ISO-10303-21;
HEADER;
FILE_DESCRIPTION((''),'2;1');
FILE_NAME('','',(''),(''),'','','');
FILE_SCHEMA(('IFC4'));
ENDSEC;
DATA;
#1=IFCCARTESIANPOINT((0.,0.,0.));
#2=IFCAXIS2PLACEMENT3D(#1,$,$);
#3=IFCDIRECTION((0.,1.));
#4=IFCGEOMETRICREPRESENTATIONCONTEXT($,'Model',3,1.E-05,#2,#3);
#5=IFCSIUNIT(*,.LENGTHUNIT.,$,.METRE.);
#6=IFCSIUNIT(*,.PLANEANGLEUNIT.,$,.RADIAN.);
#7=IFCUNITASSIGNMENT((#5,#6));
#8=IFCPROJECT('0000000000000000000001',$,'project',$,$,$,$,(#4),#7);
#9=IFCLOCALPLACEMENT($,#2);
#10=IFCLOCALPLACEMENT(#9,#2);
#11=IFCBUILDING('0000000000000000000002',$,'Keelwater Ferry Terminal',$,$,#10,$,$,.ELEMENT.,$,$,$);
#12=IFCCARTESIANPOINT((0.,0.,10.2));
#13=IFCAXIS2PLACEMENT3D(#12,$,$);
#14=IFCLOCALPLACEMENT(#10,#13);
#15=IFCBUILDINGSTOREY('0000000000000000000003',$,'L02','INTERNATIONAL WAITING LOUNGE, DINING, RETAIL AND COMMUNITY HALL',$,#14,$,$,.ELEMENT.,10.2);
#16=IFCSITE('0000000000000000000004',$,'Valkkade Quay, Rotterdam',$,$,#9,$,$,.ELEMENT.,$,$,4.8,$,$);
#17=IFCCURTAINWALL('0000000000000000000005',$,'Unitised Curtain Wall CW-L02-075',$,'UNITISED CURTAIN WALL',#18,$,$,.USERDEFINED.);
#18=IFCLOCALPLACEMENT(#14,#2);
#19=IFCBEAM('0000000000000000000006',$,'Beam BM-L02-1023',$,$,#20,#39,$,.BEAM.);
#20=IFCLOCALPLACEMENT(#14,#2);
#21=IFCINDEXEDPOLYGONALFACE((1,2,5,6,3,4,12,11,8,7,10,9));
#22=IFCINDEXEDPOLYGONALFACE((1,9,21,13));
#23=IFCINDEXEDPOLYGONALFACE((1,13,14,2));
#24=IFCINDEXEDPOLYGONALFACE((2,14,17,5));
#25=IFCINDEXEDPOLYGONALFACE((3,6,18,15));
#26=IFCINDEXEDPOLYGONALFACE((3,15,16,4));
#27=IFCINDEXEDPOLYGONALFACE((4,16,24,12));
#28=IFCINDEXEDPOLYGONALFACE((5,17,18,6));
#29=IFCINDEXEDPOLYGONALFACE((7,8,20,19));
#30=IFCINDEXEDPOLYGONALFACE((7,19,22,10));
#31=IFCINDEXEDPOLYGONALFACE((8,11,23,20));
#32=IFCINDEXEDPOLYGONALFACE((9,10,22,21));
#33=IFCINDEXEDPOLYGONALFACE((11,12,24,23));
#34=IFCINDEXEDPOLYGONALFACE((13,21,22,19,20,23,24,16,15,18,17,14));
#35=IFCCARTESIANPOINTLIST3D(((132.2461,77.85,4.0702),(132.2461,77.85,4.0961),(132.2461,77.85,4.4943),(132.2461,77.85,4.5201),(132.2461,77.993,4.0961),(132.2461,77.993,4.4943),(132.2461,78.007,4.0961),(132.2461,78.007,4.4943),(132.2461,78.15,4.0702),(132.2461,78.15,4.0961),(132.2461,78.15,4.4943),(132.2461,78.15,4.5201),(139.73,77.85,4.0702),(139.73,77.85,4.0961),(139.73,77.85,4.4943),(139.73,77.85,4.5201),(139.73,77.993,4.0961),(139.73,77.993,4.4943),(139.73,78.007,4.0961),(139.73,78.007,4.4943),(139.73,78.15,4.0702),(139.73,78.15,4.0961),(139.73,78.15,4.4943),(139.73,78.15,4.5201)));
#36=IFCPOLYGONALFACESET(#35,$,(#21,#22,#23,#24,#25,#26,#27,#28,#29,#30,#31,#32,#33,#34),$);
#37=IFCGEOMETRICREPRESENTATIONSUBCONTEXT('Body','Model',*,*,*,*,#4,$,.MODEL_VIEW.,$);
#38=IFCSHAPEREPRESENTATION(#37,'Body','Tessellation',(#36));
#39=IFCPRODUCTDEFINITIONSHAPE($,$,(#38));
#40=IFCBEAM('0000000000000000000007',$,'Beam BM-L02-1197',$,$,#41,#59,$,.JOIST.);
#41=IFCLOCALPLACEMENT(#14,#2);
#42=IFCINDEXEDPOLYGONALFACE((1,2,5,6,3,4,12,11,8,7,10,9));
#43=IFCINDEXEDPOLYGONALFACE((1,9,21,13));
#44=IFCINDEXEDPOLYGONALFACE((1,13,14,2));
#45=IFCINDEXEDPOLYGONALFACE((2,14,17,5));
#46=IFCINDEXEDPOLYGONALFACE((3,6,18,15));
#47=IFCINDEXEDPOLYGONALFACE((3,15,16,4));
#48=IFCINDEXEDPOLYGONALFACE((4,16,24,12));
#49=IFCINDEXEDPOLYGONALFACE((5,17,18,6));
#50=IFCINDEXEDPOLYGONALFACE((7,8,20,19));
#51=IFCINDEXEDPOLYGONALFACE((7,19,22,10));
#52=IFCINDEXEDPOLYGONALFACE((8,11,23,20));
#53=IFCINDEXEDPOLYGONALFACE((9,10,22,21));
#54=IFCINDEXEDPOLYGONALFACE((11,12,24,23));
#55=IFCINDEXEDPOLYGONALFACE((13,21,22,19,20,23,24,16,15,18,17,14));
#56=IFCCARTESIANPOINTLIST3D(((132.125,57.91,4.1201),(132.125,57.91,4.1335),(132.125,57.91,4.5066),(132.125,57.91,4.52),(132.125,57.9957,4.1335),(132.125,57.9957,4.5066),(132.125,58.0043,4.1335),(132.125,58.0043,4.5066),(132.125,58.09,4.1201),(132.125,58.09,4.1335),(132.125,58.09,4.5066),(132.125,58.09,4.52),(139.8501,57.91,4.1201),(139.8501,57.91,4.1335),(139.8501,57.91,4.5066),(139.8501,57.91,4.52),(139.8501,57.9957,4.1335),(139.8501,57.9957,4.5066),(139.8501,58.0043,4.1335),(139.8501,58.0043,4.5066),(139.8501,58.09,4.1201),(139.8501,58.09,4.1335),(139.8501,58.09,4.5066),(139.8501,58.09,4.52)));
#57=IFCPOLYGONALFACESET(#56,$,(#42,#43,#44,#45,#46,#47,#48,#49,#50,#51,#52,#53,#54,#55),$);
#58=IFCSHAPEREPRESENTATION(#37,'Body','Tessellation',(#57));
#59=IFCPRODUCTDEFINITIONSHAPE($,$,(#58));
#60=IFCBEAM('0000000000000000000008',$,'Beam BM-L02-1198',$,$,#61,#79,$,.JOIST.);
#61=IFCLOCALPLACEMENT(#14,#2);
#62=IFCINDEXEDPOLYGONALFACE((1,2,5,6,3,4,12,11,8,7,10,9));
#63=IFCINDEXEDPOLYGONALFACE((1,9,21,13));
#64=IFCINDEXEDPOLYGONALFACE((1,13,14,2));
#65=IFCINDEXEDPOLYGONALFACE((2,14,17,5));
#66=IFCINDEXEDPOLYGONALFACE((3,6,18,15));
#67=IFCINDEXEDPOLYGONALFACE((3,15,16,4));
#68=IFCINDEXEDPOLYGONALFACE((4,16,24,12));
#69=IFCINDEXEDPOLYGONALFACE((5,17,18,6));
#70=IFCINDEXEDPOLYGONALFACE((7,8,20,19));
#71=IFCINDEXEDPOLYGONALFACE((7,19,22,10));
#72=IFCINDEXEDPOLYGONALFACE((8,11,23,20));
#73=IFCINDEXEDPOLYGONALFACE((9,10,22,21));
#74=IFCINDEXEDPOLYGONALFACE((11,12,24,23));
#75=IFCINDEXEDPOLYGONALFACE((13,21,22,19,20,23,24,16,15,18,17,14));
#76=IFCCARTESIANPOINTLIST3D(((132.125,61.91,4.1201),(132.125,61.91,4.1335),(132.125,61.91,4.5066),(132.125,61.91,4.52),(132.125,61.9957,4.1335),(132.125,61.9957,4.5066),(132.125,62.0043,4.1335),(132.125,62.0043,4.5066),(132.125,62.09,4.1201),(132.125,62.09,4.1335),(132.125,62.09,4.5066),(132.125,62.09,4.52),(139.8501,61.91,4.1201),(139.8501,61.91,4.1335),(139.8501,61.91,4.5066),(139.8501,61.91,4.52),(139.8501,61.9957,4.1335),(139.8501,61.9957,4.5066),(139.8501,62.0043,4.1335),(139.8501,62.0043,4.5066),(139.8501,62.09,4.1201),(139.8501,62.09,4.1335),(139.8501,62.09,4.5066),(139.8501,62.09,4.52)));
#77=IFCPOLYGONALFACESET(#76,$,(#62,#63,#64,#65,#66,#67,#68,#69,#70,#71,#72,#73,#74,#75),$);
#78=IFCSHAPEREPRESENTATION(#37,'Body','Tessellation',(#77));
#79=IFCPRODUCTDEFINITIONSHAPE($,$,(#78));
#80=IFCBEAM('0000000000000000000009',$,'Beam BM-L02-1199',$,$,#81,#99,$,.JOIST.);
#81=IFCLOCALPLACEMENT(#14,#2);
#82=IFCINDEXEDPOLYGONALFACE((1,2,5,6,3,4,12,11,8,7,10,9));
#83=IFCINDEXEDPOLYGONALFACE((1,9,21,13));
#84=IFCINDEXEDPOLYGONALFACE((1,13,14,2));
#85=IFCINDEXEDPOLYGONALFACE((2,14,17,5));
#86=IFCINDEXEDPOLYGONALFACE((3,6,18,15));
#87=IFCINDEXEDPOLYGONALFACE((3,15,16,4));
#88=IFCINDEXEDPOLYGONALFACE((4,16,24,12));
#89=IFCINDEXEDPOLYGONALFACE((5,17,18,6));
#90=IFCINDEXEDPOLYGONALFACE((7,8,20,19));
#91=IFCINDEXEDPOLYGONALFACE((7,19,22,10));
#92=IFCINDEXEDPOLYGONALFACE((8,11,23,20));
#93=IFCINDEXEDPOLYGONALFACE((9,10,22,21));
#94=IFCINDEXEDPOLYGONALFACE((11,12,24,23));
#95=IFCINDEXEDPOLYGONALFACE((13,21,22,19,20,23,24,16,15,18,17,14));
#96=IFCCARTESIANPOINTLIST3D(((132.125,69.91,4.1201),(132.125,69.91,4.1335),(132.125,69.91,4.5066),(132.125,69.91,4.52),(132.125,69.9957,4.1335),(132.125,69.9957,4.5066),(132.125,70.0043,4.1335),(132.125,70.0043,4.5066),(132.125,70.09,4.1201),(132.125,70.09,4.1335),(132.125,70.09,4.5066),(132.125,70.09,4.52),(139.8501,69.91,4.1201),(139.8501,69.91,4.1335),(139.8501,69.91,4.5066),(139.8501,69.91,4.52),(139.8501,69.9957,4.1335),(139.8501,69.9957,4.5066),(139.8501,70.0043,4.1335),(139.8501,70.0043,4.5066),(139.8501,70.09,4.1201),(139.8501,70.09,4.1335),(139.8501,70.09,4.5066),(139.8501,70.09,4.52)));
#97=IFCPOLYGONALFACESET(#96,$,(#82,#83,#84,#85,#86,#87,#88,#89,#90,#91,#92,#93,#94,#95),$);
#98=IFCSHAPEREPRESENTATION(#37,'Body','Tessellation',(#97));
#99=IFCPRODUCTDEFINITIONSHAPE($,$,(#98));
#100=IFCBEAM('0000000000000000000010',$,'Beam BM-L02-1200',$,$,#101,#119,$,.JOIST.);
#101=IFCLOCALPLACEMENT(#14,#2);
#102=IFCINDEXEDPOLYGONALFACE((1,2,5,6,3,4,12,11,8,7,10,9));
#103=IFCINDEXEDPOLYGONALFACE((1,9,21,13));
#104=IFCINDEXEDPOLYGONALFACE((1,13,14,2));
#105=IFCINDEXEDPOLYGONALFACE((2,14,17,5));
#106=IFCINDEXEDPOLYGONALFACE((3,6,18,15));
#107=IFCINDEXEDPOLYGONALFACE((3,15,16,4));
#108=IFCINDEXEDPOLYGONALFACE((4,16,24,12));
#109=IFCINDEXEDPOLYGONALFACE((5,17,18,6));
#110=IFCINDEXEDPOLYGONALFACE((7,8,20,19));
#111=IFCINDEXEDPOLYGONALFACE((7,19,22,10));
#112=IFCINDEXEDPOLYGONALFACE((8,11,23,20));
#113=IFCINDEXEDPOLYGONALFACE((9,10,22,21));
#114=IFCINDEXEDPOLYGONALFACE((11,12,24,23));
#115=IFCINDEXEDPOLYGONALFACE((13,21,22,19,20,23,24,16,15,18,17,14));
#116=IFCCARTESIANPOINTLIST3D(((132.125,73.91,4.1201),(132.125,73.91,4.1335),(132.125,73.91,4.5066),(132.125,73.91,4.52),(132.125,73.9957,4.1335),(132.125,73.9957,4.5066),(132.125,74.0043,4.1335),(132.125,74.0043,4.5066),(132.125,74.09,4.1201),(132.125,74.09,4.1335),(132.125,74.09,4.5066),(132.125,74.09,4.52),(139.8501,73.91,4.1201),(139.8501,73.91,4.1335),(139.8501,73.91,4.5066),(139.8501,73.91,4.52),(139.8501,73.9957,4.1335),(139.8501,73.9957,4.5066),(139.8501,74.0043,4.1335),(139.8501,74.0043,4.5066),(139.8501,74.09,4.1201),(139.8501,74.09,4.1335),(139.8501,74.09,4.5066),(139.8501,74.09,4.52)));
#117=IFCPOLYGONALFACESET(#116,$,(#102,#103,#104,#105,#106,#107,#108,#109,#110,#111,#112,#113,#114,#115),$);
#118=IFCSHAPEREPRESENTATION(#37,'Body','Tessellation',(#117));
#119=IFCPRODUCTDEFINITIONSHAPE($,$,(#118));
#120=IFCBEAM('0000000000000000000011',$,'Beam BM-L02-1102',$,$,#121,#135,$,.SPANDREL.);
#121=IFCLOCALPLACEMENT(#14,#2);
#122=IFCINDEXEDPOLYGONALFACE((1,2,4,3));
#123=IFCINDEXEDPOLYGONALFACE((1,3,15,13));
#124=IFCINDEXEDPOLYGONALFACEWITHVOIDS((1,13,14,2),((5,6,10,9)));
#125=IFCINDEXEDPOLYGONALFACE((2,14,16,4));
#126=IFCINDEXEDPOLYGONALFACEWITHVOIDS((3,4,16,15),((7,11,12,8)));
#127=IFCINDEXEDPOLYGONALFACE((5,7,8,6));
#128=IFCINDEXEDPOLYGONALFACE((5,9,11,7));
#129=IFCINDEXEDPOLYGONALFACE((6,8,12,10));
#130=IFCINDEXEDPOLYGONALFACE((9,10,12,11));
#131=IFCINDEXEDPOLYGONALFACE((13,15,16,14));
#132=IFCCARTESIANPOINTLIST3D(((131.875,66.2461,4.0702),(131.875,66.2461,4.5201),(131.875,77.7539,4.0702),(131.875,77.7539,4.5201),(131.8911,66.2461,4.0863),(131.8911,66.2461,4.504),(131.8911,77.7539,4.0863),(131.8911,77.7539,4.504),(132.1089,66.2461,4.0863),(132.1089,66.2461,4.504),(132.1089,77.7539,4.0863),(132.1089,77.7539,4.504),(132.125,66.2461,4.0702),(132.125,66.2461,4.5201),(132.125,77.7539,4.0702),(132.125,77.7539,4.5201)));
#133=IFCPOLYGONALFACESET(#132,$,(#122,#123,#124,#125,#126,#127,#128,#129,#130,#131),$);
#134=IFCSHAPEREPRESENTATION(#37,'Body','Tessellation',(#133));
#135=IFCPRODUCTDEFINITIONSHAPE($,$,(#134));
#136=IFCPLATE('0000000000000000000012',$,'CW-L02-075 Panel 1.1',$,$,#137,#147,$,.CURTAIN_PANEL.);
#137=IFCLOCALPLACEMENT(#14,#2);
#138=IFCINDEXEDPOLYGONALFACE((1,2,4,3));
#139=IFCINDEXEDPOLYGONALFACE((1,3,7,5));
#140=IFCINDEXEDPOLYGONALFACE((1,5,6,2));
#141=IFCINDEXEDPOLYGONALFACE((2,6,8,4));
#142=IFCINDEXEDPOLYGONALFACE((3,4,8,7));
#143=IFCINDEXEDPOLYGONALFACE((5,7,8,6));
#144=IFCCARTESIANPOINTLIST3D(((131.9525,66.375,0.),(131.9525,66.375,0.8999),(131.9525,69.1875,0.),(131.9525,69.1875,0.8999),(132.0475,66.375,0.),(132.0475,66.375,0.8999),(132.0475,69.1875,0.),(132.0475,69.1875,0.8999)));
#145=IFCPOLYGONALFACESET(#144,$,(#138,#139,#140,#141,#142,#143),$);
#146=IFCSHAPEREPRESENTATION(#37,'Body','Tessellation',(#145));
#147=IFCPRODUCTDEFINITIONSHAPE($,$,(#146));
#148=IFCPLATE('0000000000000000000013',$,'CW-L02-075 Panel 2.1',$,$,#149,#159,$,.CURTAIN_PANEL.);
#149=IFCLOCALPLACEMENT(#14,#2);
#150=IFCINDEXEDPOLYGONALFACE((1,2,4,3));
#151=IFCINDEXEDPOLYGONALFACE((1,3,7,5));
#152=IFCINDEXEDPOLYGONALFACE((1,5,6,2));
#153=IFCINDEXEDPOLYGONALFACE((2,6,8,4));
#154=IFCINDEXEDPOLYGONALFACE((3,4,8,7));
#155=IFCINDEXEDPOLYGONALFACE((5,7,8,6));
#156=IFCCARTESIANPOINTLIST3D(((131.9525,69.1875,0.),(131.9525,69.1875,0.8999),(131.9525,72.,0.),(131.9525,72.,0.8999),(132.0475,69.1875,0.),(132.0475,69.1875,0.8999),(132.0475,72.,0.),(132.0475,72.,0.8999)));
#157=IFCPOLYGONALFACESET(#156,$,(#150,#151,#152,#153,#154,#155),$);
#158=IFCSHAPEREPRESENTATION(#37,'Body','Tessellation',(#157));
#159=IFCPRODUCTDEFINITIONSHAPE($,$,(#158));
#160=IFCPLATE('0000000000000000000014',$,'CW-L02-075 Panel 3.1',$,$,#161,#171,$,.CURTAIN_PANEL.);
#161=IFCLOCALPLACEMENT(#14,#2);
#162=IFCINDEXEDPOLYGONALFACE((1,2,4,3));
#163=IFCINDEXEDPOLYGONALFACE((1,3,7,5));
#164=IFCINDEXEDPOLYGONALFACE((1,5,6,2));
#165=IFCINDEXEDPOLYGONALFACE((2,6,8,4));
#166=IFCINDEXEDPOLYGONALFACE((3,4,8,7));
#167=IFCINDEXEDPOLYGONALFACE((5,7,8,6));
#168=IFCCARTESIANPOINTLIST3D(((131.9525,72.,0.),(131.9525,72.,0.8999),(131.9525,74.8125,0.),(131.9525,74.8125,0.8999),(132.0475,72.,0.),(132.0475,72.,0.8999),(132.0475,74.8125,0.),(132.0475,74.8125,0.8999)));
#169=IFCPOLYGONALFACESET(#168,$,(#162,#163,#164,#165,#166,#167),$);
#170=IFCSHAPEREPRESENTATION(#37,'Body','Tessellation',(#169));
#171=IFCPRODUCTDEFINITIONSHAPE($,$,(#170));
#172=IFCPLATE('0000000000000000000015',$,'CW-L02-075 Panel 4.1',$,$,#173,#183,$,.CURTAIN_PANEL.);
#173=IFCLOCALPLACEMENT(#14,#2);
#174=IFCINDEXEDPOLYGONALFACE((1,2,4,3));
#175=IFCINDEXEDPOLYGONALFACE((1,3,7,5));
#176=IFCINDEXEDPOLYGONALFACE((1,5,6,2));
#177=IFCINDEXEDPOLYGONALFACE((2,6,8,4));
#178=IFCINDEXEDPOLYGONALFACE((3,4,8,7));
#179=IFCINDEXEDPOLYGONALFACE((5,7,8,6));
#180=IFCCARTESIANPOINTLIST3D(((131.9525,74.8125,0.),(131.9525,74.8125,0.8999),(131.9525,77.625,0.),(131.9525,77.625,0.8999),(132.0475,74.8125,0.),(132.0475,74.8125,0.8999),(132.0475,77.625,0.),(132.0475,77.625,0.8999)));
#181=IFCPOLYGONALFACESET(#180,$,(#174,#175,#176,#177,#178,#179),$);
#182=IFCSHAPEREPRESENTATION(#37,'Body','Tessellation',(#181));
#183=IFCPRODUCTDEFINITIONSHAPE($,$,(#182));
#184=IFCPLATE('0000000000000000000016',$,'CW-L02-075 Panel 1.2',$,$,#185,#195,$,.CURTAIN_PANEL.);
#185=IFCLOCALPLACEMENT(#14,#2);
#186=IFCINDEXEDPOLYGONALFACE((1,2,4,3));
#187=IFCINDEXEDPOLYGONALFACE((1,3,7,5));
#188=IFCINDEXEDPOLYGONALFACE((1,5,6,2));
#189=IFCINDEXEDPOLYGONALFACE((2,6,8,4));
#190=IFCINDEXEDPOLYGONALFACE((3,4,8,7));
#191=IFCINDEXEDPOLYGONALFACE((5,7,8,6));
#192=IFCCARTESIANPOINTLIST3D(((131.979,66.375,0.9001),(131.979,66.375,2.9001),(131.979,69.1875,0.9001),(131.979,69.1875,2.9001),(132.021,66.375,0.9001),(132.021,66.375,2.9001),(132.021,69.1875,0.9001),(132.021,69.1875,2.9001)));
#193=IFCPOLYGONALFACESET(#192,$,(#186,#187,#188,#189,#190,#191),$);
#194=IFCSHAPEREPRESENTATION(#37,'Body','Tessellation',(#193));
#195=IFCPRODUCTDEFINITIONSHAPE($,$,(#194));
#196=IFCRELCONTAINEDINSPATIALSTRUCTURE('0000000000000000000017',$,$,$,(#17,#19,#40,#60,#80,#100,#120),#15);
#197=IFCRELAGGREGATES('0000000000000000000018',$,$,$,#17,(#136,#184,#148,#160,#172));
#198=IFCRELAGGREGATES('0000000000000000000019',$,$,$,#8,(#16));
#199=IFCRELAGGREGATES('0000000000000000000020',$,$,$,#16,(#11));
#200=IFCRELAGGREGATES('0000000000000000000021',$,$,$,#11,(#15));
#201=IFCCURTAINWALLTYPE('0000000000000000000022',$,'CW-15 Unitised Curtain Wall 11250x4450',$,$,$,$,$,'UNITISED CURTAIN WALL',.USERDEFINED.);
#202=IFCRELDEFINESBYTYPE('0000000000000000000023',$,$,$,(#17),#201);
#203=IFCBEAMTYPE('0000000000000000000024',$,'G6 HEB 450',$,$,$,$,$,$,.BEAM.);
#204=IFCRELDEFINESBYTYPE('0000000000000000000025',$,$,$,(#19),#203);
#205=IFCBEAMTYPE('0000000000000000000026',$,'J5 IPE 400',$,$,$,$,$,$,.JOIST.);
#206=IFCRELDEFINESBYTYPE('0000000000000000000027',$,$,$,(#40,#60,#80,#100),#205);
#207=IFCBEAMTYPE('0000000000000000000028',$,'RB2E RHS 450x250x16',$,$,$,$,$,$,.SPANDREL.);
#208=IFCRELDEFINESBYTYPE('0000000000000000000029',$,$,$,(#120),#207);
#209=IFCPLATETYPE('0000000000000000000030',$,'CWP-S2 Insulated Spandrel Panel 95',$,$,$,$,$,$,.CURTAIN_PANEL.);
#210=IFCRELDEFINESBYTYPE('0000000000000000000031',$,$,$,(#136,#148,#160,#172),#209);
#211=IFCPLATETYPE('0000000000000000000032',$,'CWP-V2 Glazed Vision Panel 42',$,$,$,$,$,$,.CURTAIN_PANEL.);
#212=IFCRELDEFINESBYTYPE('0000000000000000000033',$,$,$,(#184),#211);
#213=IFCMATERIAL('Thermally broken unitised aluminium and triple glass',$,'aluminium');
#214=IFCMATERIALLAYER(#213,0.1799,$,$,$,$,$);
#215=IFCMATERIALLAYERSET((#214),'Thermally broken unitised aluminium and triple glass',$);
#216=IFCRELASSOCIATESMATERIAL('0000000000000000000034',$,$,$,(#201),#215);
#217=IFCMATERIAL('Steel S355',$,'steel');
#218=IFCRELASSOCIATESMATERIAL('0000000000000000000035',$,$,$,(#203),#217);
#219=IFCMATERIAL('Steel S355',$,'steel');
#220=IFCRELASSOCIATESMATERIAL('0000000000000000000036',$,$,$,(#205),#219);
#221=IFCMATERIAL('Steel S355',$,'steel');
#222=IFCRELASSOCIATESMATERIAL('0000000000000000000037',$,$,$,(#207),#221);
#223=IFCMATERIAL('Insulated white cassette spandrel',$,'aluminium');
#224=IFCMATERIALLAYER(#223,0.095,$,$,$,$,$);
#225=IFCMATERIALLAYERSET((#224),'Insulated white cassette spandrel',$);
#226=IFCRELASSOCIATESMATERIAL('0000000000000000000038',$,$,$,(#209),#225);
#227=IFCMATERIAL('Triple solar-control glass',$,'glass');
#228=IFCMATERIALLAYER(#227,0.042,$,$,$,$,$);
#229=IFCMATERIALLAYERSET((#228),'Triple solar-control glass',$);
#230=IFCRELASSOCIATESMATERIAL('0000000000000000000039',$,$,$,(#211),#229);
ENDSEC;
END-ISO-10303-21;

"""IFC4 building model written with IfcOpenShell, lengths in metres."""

from ifc_helpers import new_model, si_unit, direction, frame, origin, origin_2d, place, context, subcontext, project, spatial, rectangle, hollow_rectangle, i_section, extrude, material, layer, layer_set, material_profile, profile_set, type_object, element, aggregate, save


model = new_model("IFC4")

# Units and contexts
model_context = context("Model", 3, precision=1e-05, world=origin(), true_north=direction((0.0, 1.0)))
body_context = subcontext(model_context, "Body", "Model", "MODEL_VIEW")
ifc_project = project(units=[si_unit("LENGTHUNIT", "METRE"), si_unit("PLANEANGLEUNIT", "RADIAN")], contexts=[model_context])

# Site, building, storey
site_placement = place(None, origin())
site = spatial("IfcSite", under=ifc_project, at=site_placement, Name="Valkkade Quay, Rotterdam", CompositionType="ELEMENT", RefElevation=4.8)
building_placement = place(site_placement, origin())
building = spatial("IfcBuilding", under=site, at=building_placement, Name="Keelwater Ferry Terminal", CompositionType="ELEMENT")
storey_placement = place(building_placement, frame((0.0, 0.0, 10.2)))
storey = spatial("IfcBuildingStorey", under=building, at=storey_placement, Name="L02", Description="INTERNATIONAL WAITING LOUNGE, DINING, RETAIL AND COMMUNITY HALL", CompositionType="ELEMENT", Elevation=10.2)

# Curtain wall
ifc_material_1 = material(Name="Thermally broken unitised aluminium and triple glass", Category="aluminium")
ifc_layer_1 = layer(ifc_material_1, 0.1799)
ifc_layer_set_1 = layer_set([ifc_layer_1], Name="Thermally broken unitised aluminium and triple glass")
curtain_wall_type = type_object("IfcCurtainWallType", Name="CW-15 Unitised Curtain Wall 11250x4450", ElementType="UNITISED CURTAIN WALL", PredefinedType="USERDEFINED", material=ifc_layer_set_1)
curtain_wall_placement = place(storey_placement, origin())
curtain_wall = element("IfcCurtainWall", 1, at=curtain_wall_placement, inside=storey, type_object=curtain_wall_type, Name="Unitised Curtain Wall CW-L02-075", ObjectType="UNITISED CURTAIN WALL", PredefinedType="USERDEFINED")

# Beams
ifc_material_2 = material(Name="Steel S355", Category="steel")
ifc_material_profile_1 = material_profile(ifc_material_2, i_section(OverallWidth=0.3, OverallDepth=0.45, WebThickness=0.0139, FlangeThickness=0.0259, at=origin_2d()), Name="HEB 450")
ifc_profile_set_1 = profile_set([ifc_material_profile_1], Name="Steel S355")
beam_type_1 = type_object("IfcBeamType", Name="G6 HEB 450", PredefinedType="BEAM", material=ifc_profile_set_1)
for number, where, z_axis, x_axis, name in (
    (2, (132.2461, 78.0, 4.2952), (1.0, 0.0, 0.0), (0.0, 1.0, 0.0), "Beam BM-L02-1023"),
):
    element("IfcBeam", number, at=place(storey_placement, frame(where, z_axis=z_axis, x_axis=x_axis)), inside=storey, type_object=beam_type_1, Name=name, PredefinedType="BEAM", context=body_context, shape_type="SweptSolid", body=[
        extrude(i_section(OverallWidth=0.3, OverallDepth=0.45, WebThickness=0.0139, FlangeThickness=0.0259, at=origin_2d()), origin(), (0.0, 0.0, 1.0), 7.4839),
    ])
ifc_material_3 = material(Name="Steel S355", Category="steel")
ifc_material_profile_2 = material_profile(ifc_material_3, i_section(OverallWidth=0.1799, OverallDepth=0.3999, WebThickness=0.0085, FlangeThickness=0.0134, at=origin_2d()), Name="IPE 400")
ifc_profile_set_2 = profile_set([ifc_material_profile_2], Name="Steel S355")
beam_type_2 = type_object("IfcBeamType", Name="J5 IPE 400", PredefinedType="JOIST", material=ifc_profile_set_2)
for number, where, z_axis, x_axis, name in (
    (3, (132.125, 58.0, 4.3201), (1.0, 0.0, 0.0), (0.0, 1.0, 0.0), "Beam BM-L02-1197"),
    (4, (132.125, 62.0, 4.3201), (1.0, 0.0, 0.0), (0.0, 1.0, 0.0), "Beam BM-L02-1198"),
    (5, (132.125, 70.0, 4.3201), (1.0, 0.0, 0.0), (0.0, 1.0, 0.0), "Beam BM-L02-1199"),
    (6, (132.125, 74.0, 4.3201), (1.0, 0.0, 0.0), (0.0, 1.0, 0.0), "Beam BM-L02-1200"),
):
    element("IfcBeam", number, at=place(storey_placement, frame(where, z_axis=z_axis, x_axis=x_axis)), inside=storey, type_object=beam_type_2, Name=name, PredefinedType="JOIST", context=body_context, shape_type="SweptSolid", body=[
        extrude(i_section(OverallWidth=0.1799, OverallDepth=0.3999, WebThickness=0.0085, FlangeThickness=0.0134, at=origin_2d()), origin(), (0.0, 0.0, 1.0), 7.7251),
    ])
ifc_material_4 = material(Name="Steel S355", Category="steel")
ifc_material_profile_3 = material_profile(ifc_material_4, hollow_rectangle(XDim=0.25, YDim=0.45, WallThickness=0.0161, at=origin_2d()), Name="RHS 450x250x16")
ifc_profile_set_3 = profile_set([ifc_material_profile_3], Name="Steel S355")
beam_type_3 = type_object("IfcBeamType", Name="RB2E RHS 450x250x16", PredefinedType="SPANDREL", material=ifc_profile_set_3)
beam_placement = place(storey_placement, frame((132.0, 66.2461, 4.2952), z_axis=(0.0, 1.0, 0.0), x_axis=(-1.0, 0.0, 0.0)))
element("IfcBeam", 7, at=beam_placement, inside=storey, type_object=beam_type_3, Name="Beam BM-L02-1102", PredefinedType="SPANDREL", context=body_context, shape_type="SweptSolid", body=[
    extrude(hollow_rectangle(XDim=0.25, YDim=0.45, WallThickness=0.0161, at=origin_2d()), origin(), (0.0, 0.0, 1.0), 11.5078),
])

# Plates
ifc_material_5 = material(Name="Insulated white cassette spandrel", Category="aluminium")
ifc_layer_2 = layer(ifc_material_5, 0.095)
ifc_layer_set_2 = layer_set([ifc_layer_2], Name="Insulated white cassette spandrel")
plate_type_1 = type_object("IfcPlateType", Name="CWP-S2 Insulated Spandrel Panel 95", PredefinedType="CURTAIN_PANEL", material=ifc_layer_set_2)
plate_1_placement = place(storey_placement, frame((132.0, 67.7812, 0.0), z_axis=(0.0, 0.0, 1.0), x_axis=(0.0, 1.0, 0.0)))
plate_1 = element("IfcPlate", 8, at=plate_1_placement, type_object=plate_type_1, Name="CW-L02-075 Panel 1.1", PredefinedType="CURTAIN_PANEL", context=body_context, shape_type="SweptSolid", body=[
    extrude(rectangle(XDim=2.8125, YDim=0.095, at=origin_2d()), origin(), (0.0, 0.0, 1.0), 0.8999),
])
plate_2_placement = place(storey_placement, frame((132.0, 70.5938, 0.0), z_axis=(0.0, 0.0, 1.0), x_axis=(0.0, 1.0, 0.0)))
plate_2 = element("IfcPlate", 9, at=plate_2_placement, type_object=plate_type_1, Name="CW-L02-075 Panel 2.1", PredefinedType="CURTAIN_PANEL", context=body_context, shape_type="SweptSolid", body=[
    extrude(rectangle(XDim=2.8125, YDim=0.095, at=origin_2d()), origin(), (0.0, 0.0, 1.0), 0.8999),
])
plate_3_placement = place(storey_placement, frame((132.0, 73.4062, 0.0), z_axis=(0.0, 0.0, 1.0), x_axis=(0.0, 1.0, 0.0)))
plate_3 = element("IfcPlate", 10, at=plate_3_placement, type_object=plate_type_1, Name="CW-L02-075 Panel 3.1", PredefinedType="CURTAIN_PANEL", context=body_context, shape_type="SweptSolid", body=[
    extrude(rectangle(XDim=2.8125, YDim=0.095, at=origin_2d()), origin(), (0.0, 0.0, 1.0), 0.8999),
])
plate_4_placement = place(storey_placement, frame((132.0, 76.2188, 0.0), z_axis=(0.0, 0.0, 1.0), x_axis=(0.0, 1.0, 0.0)))
plate_4 = element("IfcPlate", 11, at=plate_4_placement, type_object=plate_type_1, Name="CW-L02-075 Panel 4.1", PredefinedType="CURTAIN_PANEL", context=body_context, shape_type="SweptSolid", body=[
    extrude(rectangle(XDim=2.8125, YDim=0.095, at=origin_2d()), origin(), (0.0, 0.0, 1.0), 0.8999),
])
ifc_material_6 = material(Name="Triple solar-control glass", Category="glass")
ifc_layer_3 = layer(ifc_material_6, 0.042)
ifc_layer_set_3 = layer_set([ifc_layer_3], Name="Triple solar-control glass")
plate_type_2 = type_object("IfcPlateType", Name="CWP-V2 Glazed Vision Panel 42", PredefinedType="CURTAIN_PANEL", material=ifc_layer_set_3)
plate_5_placement = place(storey_placement, frame((132.0, 67.7812, 0.9001), z_axis=(0.0, 0.0, 1.0), x_axis=(0.0, 1.0, 0.0)))
plate_5 = element("IfcPlate", 12, at=plate_5_placement, type_object=plate_type_2, Name="CW-L02-075 Panel 1.2", PredefinedType="CURTAIN_PANEL", context=body_context, shape_type="SweptSolid", body=[
    extrude(rectangle(XDim=2.8125, YDim=0.042, at=origin_2d()), origin(), (0.0, 0.0, 1.0), 2.0),
])
aggregate(curtain_wall, [plate_1, plate_5, plate_2, plate_3, plate_4])

save(model, "model.ifc")
